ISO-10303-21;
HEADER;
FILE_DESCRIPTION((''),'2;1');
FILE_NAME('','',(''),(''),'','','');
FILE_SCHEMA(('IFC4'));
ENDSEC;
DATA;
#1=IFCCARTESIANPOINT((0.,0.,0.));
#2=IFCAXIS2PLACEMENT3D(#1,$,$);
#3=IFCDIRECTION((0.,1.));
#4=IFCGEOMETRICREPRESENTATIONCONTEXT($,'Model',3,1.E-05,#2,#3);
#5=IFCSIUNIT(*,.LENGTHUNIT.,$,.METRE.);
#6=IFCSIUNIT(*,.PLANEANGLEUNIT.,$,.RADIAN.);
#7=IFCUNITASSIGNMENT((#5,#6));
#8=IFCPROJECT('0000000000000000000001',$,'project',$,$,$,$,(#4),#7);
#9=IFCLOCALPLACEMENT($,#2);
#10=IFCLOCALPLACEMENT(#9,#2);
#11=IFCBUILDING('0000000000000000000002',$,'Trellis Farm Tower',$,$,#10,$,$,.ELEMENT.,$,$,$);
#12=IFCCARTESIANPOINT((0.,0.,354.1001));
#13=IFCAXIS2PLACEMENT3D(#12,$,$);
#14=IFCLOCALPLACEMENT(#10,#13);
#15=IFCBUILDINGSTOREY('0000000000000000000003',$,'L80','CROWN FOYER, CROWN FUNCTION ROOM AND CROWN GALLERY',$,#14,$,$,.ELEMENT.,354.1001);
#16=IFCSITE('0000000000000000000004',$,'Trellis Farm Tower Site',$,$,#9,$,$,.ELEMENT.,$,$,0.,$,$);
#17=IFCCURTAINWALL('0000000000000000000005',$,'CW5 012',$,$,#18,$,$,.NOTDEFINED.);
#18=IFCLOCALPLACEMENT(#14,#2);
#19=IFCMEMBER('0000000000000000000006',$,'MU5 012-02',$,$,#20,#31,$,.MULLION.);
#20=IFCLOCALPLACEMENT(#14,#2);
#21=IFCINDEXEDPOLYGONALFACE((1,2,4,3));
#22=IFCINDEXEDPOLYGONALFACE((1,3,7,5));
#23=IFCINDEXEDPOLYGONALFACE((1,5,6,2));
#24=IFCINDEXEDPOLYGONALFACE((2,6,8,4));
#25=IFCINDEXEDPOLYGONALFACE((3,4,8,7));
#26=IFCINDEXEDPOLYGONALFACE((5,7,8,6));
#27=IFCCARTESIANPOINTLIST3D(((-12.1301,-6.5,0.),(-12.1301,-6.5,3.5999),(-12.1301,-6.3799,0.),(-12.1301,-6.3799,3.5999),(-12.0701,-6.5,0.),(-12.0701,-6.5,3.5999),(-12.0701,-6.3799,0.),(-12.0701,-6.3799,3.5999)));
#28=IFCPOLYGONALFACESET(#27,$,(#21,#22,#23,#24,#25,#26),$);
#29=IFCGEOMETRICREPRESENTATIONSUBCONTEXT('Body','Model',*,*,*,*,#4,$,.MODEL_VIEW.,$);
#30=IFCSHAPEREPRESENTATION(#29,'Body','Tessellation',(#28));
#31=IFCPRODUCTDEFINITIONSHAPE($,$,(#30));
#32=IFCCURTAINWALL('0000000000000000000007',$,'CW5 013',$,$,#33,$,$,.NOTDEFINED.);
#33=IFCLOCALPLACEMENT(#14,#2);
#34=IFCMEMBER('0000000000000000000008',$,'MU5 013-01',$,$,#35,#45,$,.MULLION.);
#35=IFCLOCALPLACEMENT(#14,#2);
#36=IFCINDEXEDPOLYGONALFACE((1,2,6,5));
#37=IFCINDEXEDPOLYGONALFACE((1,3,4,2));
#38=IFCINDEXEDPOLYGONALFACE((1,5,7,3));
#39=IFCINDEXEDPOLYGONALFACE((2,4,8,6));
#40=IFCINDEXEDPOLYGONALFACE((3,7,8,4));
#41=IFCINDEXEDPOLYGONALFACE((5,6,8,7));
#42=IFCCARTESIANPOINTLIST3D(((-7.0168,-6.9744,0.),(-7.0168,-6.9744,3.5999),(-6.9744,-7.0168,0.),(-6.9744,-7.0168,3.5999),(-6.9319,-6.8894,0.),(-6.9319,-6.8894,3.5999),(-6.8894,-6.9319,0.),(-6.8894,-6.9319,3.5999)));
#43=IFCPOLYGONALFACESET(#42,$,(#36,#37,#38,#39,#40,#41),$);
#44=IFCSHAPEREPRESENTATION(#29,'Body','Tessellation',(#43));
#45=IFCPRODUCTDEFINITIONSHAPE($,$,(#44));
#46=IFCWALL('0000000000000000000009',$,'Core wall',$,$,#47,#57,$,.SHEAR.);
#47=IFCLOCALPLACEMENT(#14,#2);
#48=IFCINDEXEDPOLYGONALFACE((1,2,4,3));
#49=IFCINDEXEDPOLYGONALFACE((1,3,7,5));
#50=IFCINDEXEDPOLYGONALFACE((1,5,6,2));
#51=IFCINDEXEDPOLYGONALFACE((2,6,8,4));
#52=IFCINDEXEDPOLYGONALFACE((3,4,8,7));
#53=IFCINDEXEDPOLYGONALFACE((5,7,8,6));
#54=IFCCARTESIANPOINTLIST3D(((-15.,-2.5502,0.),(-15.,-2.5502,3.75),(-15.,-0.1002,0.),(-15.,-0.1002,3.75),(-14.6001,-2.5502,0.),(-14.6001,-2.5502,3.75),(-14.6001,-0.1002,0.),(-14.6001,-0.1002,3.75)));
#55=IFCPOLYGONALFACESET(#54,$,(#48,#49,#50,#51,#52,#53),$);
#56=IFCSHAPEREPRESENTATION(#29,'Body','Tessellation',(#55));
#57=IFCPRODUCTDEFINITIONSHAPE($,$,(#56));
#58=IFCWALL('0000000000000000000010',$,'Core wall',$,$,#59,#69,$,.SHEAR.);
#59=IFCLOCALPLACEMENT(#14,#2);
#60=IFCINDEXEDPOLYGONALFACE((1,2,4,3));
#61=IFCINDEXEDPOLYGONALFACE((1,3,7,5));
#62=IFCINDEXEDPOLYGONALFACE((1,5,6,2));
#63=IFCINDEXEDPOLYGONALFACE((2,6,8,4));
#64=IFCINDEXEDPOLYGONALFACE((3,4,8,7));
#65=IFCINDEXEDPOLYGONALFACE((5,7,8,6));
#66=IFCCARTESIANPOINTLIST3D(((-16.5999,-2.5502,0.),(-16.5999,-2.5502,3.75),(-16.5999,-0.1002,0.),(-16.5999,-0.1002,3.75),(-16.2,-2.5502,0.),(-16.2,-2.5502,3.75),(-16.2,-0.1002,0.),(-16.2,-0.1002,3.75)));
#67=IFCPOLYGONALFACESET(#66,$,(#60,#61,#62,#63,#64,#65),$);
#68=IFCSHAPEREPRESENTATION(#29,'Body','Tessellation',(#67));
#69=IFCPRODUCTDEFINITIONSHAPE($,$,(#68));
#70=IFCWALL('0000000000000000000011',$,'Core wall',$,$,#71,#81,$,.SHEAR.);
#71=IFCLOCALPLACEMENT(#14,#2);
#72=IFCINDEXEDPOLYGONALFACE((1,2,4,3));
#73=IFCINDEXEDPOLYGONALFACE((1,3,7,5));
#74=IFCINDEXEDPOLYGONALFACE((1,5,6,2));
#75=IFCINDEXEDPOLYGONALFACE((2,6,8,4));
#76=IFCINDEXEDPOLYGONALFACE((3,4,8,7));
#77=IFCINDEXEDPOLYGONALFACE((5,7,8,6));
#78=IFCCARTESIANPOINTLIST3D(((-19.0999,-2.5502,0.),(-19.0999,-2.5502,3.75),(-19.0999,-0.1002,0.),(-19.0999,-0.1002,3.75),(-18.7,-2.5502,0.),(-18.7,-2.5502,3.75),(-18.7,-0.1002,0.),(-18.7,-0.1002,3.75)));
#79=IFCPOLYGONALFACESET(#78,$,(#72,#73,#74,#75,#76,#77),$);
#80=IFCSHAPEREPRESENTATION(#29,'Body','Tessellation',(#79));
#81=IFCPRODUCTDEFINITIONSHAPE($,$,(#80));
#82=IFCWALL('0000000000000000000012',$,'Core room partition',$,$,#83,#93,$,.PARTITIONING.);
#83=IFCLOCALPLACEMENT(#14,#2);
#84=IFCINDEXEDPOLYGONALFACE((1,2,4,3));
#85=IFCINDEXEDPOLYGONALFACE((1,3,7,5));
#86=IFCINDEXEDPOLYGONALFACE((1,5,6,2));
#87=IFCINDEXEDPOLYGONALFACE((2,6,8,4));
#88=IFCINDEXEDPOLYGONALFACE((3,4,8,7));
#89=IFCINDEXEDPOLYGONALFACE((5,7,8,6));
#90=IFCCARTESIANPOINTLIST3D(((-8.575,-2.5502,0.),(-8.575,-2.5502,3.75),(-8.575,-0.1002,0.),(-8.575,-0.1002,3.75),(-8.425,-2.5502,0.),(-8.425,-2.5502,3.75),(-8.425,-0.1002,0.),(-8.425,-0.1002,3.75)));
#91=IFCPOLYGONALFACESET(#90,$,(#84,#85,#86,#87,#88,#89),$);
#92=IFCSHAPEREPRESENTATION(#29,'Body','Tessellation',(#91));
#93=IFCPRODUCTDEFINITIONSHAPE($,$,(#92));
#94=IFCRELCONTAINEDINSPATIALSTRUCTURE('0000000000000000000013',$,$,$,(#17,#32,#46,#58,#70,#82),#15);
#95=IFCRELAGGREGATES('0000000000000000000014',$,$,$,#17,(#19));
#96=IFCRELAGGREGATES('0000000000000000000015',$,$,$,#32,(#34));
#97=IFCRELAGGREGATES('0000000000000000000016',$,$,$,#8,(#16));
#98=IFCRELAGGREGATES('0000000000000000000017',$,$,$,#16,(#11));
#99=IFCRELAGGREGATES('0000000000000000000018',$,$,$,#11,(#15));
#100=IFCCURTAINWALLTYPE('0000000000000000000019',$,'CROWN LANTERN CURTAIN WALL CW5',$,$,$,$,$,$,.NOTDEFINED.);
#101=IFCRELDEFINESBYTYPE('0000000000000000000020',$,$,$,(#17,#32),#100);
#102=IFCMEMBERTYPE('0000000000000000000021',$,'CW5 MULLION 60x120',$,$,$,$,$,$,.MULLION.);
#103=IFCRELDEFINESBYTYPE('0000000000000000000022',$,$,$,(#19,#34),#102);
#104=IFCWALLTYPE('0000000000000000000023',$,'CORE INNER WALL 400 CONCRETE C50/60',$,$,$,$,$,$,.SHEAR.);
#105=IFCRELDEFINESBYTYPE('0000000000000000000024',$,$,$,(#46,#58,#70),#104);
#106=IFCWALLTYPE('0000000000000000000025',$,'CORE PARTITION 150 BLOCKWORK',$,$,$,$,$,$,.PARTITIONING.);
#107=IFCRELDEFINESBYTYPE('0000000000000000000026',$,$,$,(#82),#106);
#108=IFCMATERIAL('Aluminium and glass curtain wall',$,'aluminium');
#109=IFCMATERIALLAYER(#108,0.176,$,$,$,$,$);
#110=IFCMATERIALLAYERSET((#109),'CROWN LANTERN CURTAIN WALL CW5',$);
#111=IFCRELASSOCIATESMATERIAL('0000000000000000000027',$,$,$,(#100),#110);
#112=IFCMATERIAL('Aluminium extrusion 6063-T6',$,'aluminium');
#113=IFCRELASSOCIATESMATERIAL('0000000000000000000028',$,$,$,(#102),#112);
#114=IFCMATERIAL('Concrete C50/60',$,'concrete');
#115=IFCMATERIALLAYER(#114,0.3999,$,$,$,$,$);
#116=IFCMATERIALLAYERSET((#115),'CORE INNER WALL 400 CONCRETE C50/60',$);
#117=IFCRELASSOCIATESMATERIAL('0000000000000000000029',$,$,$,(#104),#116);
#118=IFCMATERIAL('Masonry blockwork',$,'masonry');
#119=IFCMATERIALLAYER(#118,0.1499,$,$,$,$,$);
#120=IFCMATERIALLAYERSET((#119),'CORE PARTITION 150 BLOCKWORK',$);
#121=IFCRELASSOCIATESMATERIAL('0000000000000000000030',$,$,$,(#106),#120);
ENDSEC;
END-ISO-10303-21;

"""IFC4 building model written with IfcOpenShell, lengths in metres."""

from ifc_helpers import new_model, si_unit, direction, frame, frame_2d, origin, origin_2d, place, context, subcontext, project, spatial, rectangle, extrude, source, transform, mapped, material, layer, layer_set, material_profile, profile_set, type_object, element, aggregate, save


model = new_model("IFC4")

# Units and contexts
model_context = context("Model", 3, precision=1e-05, world=origin(), true_north=direction((0.0, 1.0)))
body_context = subcontext(model_context, "Body", "Model", "MODEL_VIEW")
ifc_project = project(units=[si_unit("LENGTHUNIT", "METRE"), si_unit("PLANEANGLEUNIT", "RADIAN")], contexts=[model_context])

# Site, building, storey
site_placement = place(None, origin())
site = spatial("IfcSite", under=ifc_project, at=site_placement, Name="Trellis Farm Tower Site", CompositionType="ELEMENT", RefElevation=0.0)
building_placement = place(site_placement, origin())
building = spatial("IfcBuilding", under=site, at=building_placement, Name="Trellis Farm Tower", CompositionType="ELEMENT")
storey_placement = place(building_placement, frame((0.0, 0.0, 354.1001)))
storey = spatial("IfcBuildingStorey", under=building, at=storey_placement, Name="L80", Description="CROWN FOYER, CROWN FUNCTION ROOM AND CROWN GALLERY", CompositionType="ELEMENT", Elevation=354.1001)

# Shared definitions
ifc_material_1 = material(Name="Concrete C50/60", Category="concrete")

# Shared definitions
ifc_material_2 = material(Name="Aluminium and glass curtain wall", Category="aluminium")
ifc_layer_1 = layer(ifc_material_2, 0.176)
ifc_layer_set_1 = layer_set([ifc_layer_1], Name="CROWN LANTERN CURTAIN WALL CW5")
curtain_wall_type = type_object("IfcCurtainWallType", Name="CROWN LANTERN CURTAIN WALL CW5", PredefinedType="NOTDEFINED", material=ifc_layer_set_1)
placement = place(storey_placement, origin())
ifc_material_3 = material(Name="Aluminium extrusion 6063-T6", Category="aluminium")
ifc_material_profile_1 = material_profile(ifc_material_3, rectangle(XDim=0.0601, YDim=0.1201, at=origin_2d()), Name="MULLION 60x120")
ifc_profile_set_1 = profile_set([ifc_material_profile_1], Name="Aluminium extrusion 6063-T6")
member_type = type_object("IfcMemberType", Name="CW5 MULLION 60x120", PredefinedType="MULLION", material=ifc_profile_set_1)
shared_shape_1 = source(origin(), body_context, "Body", "SweptSolid", [
    extrude(rectangle(XDim=0.0601, YDim=0.1201, at=origin_2d()), origin(), (0.0, 0.0, 1.0), 3.5999),
])

# Curtain wall, member
curtain_wall_1 = element("IfcCurtainWall", 1, at=placement, inside=storey, type_object=curtain_wall_type, Name="CW5 012", PredefinedType="NOTDEFINED")
member_1_placement = place(storey_placement, frame((-12.1001, -6.4399, 0.0), z_axis=(0.0, 0.0, 1.0), x_axis=(1.0, 0.0, 0.0)))
member_1 = element("IfcMember", 2, at=member_1_placement, type_object=member_type, Name="MU5 012-02", PredefinedType="MULLION", context=body_context, shape_type="MappedRepresentation", body=[
    mapped(shared_shape_1, transform((0.0, 0.0, 0.0))),
])
aggregate(curtain_wall_1, [member_1])

# Curtain wall, member
curtain_wall_2 = element("IfcCurtainWall", 3, at=placement, inside=storey, type_object=curtain_wall_type, Name="CW5 013", PredefinedType="NOTDEFINED")
member_2_placement = place(storey_placement, frame((-6.9531, -6.9531, 0.0), z_axis=(0.0, 0.0, 1.0), x_axis=(0.707107, -0.707107, 0.0)))
member_2 = element("IfcMember", 4, at=member_2_placement, type_object=member_type, Name="MU5 013-01", PredefinedType="MULLION", context=body_context, shape_type="MappedRepresentation", body=[
    mapped(shared_shape_1, transform((0.0, 0.0, 0.0))),
])
aggregate(curtain_wall_2, [member_2])

# Walls
ifc_layer_2 = layer(ifc_material_1, 0.3999)
ifc_layer_set_2 = layer_set([ifc_layer_2], Name="CORE INNER WALL 400 CONCRETE C50/60")
wall_type_1 = type_object("IfcWallType", Name="CORE INNER WALL 400 CONCRETE C50/60", PredefinedType="SHEAR", material=ifc_layer_set_2)
shared_shape_2 = source(origin(), body_context, "Body", "SweptSolid", [
    extrude(rectangle(XDim=2.45, YDim=0.3999, at=frame_2d((1.2251, 0.0))), origin(), (0.0, 0.0, 1.0), 3.75),
])
for number, where, z_axis, x_axis, name in (
    (5, (-14.8, -0.1001, 0.0), (0.0, 0.0, 1.0), (0.0, -1.0, 0.0), "Core wall"),
    (6, (-16.3999, -0.1001, 0.0), (0.0, 0.0, 1.0), (0.0, -1.0, 0.0), "Core wall"),
    (7, (-18.8999, -0.1001, 0.0), (0.0, 0.0, 1.0), (0.0, -1.0, 0.0), "Core wall"),
):
    element("IfcWall", number, at=place(storey_placement, frame(where, z_axis=z_axis, x_axis=x_axis)), inside=storey, type_object=wall_type_1, Name=name, PredefinedType="SHEAR", context=body_context, shape_type="MappedRepresentation", body=[
        mapped(shared_shape_2, transform((0.0, 0.0, 0.0))),
    ])
ifc_material_4 = material(Name="Masonry blockwork", Category="masonry")
ifc_layer_3 = layer(ifc_material_4, 0.1499)
ifc_layer_set_3 = layer_set([ifc_layer_3], Name="CORE PARTITION 150 BLOCKWORK")
wall_type_2 = type_object("IfcWallType", Name="CORE PARTITION 150 BLOCKWORK", PredefinedType="PARTITIONING", material=ifc_layer_set_3)
shared_shape_3 = source(origin(), body_context, "Body", "SweptSolid", [
    extrude(rectangle(XDim=2.45, YDim=0.1499, at=frame_2d((1.2251, 0.0))), origin(), (0.0, 0.0, 1.0), 3.75),
])
wall_1_placement = place(storey_placement, frame((-8.5, -0.1001, 0.0), z_axis=(0.0, 0.0, 1.0), x_axis=(0.0, -1.0, 0.0)))
element("IfcWall", 8, at=wall_1_placement, inside=storey, type_object=wall_type_2, Name="Core room partition", PredefinedType="PARTITIONING", context=body_context, shape_type="MappedRepresentation", body=[
    mapped(shared_shape_3, transform((0.0, 0.0, 0.0))),
])

save(model, "model.ifc")
